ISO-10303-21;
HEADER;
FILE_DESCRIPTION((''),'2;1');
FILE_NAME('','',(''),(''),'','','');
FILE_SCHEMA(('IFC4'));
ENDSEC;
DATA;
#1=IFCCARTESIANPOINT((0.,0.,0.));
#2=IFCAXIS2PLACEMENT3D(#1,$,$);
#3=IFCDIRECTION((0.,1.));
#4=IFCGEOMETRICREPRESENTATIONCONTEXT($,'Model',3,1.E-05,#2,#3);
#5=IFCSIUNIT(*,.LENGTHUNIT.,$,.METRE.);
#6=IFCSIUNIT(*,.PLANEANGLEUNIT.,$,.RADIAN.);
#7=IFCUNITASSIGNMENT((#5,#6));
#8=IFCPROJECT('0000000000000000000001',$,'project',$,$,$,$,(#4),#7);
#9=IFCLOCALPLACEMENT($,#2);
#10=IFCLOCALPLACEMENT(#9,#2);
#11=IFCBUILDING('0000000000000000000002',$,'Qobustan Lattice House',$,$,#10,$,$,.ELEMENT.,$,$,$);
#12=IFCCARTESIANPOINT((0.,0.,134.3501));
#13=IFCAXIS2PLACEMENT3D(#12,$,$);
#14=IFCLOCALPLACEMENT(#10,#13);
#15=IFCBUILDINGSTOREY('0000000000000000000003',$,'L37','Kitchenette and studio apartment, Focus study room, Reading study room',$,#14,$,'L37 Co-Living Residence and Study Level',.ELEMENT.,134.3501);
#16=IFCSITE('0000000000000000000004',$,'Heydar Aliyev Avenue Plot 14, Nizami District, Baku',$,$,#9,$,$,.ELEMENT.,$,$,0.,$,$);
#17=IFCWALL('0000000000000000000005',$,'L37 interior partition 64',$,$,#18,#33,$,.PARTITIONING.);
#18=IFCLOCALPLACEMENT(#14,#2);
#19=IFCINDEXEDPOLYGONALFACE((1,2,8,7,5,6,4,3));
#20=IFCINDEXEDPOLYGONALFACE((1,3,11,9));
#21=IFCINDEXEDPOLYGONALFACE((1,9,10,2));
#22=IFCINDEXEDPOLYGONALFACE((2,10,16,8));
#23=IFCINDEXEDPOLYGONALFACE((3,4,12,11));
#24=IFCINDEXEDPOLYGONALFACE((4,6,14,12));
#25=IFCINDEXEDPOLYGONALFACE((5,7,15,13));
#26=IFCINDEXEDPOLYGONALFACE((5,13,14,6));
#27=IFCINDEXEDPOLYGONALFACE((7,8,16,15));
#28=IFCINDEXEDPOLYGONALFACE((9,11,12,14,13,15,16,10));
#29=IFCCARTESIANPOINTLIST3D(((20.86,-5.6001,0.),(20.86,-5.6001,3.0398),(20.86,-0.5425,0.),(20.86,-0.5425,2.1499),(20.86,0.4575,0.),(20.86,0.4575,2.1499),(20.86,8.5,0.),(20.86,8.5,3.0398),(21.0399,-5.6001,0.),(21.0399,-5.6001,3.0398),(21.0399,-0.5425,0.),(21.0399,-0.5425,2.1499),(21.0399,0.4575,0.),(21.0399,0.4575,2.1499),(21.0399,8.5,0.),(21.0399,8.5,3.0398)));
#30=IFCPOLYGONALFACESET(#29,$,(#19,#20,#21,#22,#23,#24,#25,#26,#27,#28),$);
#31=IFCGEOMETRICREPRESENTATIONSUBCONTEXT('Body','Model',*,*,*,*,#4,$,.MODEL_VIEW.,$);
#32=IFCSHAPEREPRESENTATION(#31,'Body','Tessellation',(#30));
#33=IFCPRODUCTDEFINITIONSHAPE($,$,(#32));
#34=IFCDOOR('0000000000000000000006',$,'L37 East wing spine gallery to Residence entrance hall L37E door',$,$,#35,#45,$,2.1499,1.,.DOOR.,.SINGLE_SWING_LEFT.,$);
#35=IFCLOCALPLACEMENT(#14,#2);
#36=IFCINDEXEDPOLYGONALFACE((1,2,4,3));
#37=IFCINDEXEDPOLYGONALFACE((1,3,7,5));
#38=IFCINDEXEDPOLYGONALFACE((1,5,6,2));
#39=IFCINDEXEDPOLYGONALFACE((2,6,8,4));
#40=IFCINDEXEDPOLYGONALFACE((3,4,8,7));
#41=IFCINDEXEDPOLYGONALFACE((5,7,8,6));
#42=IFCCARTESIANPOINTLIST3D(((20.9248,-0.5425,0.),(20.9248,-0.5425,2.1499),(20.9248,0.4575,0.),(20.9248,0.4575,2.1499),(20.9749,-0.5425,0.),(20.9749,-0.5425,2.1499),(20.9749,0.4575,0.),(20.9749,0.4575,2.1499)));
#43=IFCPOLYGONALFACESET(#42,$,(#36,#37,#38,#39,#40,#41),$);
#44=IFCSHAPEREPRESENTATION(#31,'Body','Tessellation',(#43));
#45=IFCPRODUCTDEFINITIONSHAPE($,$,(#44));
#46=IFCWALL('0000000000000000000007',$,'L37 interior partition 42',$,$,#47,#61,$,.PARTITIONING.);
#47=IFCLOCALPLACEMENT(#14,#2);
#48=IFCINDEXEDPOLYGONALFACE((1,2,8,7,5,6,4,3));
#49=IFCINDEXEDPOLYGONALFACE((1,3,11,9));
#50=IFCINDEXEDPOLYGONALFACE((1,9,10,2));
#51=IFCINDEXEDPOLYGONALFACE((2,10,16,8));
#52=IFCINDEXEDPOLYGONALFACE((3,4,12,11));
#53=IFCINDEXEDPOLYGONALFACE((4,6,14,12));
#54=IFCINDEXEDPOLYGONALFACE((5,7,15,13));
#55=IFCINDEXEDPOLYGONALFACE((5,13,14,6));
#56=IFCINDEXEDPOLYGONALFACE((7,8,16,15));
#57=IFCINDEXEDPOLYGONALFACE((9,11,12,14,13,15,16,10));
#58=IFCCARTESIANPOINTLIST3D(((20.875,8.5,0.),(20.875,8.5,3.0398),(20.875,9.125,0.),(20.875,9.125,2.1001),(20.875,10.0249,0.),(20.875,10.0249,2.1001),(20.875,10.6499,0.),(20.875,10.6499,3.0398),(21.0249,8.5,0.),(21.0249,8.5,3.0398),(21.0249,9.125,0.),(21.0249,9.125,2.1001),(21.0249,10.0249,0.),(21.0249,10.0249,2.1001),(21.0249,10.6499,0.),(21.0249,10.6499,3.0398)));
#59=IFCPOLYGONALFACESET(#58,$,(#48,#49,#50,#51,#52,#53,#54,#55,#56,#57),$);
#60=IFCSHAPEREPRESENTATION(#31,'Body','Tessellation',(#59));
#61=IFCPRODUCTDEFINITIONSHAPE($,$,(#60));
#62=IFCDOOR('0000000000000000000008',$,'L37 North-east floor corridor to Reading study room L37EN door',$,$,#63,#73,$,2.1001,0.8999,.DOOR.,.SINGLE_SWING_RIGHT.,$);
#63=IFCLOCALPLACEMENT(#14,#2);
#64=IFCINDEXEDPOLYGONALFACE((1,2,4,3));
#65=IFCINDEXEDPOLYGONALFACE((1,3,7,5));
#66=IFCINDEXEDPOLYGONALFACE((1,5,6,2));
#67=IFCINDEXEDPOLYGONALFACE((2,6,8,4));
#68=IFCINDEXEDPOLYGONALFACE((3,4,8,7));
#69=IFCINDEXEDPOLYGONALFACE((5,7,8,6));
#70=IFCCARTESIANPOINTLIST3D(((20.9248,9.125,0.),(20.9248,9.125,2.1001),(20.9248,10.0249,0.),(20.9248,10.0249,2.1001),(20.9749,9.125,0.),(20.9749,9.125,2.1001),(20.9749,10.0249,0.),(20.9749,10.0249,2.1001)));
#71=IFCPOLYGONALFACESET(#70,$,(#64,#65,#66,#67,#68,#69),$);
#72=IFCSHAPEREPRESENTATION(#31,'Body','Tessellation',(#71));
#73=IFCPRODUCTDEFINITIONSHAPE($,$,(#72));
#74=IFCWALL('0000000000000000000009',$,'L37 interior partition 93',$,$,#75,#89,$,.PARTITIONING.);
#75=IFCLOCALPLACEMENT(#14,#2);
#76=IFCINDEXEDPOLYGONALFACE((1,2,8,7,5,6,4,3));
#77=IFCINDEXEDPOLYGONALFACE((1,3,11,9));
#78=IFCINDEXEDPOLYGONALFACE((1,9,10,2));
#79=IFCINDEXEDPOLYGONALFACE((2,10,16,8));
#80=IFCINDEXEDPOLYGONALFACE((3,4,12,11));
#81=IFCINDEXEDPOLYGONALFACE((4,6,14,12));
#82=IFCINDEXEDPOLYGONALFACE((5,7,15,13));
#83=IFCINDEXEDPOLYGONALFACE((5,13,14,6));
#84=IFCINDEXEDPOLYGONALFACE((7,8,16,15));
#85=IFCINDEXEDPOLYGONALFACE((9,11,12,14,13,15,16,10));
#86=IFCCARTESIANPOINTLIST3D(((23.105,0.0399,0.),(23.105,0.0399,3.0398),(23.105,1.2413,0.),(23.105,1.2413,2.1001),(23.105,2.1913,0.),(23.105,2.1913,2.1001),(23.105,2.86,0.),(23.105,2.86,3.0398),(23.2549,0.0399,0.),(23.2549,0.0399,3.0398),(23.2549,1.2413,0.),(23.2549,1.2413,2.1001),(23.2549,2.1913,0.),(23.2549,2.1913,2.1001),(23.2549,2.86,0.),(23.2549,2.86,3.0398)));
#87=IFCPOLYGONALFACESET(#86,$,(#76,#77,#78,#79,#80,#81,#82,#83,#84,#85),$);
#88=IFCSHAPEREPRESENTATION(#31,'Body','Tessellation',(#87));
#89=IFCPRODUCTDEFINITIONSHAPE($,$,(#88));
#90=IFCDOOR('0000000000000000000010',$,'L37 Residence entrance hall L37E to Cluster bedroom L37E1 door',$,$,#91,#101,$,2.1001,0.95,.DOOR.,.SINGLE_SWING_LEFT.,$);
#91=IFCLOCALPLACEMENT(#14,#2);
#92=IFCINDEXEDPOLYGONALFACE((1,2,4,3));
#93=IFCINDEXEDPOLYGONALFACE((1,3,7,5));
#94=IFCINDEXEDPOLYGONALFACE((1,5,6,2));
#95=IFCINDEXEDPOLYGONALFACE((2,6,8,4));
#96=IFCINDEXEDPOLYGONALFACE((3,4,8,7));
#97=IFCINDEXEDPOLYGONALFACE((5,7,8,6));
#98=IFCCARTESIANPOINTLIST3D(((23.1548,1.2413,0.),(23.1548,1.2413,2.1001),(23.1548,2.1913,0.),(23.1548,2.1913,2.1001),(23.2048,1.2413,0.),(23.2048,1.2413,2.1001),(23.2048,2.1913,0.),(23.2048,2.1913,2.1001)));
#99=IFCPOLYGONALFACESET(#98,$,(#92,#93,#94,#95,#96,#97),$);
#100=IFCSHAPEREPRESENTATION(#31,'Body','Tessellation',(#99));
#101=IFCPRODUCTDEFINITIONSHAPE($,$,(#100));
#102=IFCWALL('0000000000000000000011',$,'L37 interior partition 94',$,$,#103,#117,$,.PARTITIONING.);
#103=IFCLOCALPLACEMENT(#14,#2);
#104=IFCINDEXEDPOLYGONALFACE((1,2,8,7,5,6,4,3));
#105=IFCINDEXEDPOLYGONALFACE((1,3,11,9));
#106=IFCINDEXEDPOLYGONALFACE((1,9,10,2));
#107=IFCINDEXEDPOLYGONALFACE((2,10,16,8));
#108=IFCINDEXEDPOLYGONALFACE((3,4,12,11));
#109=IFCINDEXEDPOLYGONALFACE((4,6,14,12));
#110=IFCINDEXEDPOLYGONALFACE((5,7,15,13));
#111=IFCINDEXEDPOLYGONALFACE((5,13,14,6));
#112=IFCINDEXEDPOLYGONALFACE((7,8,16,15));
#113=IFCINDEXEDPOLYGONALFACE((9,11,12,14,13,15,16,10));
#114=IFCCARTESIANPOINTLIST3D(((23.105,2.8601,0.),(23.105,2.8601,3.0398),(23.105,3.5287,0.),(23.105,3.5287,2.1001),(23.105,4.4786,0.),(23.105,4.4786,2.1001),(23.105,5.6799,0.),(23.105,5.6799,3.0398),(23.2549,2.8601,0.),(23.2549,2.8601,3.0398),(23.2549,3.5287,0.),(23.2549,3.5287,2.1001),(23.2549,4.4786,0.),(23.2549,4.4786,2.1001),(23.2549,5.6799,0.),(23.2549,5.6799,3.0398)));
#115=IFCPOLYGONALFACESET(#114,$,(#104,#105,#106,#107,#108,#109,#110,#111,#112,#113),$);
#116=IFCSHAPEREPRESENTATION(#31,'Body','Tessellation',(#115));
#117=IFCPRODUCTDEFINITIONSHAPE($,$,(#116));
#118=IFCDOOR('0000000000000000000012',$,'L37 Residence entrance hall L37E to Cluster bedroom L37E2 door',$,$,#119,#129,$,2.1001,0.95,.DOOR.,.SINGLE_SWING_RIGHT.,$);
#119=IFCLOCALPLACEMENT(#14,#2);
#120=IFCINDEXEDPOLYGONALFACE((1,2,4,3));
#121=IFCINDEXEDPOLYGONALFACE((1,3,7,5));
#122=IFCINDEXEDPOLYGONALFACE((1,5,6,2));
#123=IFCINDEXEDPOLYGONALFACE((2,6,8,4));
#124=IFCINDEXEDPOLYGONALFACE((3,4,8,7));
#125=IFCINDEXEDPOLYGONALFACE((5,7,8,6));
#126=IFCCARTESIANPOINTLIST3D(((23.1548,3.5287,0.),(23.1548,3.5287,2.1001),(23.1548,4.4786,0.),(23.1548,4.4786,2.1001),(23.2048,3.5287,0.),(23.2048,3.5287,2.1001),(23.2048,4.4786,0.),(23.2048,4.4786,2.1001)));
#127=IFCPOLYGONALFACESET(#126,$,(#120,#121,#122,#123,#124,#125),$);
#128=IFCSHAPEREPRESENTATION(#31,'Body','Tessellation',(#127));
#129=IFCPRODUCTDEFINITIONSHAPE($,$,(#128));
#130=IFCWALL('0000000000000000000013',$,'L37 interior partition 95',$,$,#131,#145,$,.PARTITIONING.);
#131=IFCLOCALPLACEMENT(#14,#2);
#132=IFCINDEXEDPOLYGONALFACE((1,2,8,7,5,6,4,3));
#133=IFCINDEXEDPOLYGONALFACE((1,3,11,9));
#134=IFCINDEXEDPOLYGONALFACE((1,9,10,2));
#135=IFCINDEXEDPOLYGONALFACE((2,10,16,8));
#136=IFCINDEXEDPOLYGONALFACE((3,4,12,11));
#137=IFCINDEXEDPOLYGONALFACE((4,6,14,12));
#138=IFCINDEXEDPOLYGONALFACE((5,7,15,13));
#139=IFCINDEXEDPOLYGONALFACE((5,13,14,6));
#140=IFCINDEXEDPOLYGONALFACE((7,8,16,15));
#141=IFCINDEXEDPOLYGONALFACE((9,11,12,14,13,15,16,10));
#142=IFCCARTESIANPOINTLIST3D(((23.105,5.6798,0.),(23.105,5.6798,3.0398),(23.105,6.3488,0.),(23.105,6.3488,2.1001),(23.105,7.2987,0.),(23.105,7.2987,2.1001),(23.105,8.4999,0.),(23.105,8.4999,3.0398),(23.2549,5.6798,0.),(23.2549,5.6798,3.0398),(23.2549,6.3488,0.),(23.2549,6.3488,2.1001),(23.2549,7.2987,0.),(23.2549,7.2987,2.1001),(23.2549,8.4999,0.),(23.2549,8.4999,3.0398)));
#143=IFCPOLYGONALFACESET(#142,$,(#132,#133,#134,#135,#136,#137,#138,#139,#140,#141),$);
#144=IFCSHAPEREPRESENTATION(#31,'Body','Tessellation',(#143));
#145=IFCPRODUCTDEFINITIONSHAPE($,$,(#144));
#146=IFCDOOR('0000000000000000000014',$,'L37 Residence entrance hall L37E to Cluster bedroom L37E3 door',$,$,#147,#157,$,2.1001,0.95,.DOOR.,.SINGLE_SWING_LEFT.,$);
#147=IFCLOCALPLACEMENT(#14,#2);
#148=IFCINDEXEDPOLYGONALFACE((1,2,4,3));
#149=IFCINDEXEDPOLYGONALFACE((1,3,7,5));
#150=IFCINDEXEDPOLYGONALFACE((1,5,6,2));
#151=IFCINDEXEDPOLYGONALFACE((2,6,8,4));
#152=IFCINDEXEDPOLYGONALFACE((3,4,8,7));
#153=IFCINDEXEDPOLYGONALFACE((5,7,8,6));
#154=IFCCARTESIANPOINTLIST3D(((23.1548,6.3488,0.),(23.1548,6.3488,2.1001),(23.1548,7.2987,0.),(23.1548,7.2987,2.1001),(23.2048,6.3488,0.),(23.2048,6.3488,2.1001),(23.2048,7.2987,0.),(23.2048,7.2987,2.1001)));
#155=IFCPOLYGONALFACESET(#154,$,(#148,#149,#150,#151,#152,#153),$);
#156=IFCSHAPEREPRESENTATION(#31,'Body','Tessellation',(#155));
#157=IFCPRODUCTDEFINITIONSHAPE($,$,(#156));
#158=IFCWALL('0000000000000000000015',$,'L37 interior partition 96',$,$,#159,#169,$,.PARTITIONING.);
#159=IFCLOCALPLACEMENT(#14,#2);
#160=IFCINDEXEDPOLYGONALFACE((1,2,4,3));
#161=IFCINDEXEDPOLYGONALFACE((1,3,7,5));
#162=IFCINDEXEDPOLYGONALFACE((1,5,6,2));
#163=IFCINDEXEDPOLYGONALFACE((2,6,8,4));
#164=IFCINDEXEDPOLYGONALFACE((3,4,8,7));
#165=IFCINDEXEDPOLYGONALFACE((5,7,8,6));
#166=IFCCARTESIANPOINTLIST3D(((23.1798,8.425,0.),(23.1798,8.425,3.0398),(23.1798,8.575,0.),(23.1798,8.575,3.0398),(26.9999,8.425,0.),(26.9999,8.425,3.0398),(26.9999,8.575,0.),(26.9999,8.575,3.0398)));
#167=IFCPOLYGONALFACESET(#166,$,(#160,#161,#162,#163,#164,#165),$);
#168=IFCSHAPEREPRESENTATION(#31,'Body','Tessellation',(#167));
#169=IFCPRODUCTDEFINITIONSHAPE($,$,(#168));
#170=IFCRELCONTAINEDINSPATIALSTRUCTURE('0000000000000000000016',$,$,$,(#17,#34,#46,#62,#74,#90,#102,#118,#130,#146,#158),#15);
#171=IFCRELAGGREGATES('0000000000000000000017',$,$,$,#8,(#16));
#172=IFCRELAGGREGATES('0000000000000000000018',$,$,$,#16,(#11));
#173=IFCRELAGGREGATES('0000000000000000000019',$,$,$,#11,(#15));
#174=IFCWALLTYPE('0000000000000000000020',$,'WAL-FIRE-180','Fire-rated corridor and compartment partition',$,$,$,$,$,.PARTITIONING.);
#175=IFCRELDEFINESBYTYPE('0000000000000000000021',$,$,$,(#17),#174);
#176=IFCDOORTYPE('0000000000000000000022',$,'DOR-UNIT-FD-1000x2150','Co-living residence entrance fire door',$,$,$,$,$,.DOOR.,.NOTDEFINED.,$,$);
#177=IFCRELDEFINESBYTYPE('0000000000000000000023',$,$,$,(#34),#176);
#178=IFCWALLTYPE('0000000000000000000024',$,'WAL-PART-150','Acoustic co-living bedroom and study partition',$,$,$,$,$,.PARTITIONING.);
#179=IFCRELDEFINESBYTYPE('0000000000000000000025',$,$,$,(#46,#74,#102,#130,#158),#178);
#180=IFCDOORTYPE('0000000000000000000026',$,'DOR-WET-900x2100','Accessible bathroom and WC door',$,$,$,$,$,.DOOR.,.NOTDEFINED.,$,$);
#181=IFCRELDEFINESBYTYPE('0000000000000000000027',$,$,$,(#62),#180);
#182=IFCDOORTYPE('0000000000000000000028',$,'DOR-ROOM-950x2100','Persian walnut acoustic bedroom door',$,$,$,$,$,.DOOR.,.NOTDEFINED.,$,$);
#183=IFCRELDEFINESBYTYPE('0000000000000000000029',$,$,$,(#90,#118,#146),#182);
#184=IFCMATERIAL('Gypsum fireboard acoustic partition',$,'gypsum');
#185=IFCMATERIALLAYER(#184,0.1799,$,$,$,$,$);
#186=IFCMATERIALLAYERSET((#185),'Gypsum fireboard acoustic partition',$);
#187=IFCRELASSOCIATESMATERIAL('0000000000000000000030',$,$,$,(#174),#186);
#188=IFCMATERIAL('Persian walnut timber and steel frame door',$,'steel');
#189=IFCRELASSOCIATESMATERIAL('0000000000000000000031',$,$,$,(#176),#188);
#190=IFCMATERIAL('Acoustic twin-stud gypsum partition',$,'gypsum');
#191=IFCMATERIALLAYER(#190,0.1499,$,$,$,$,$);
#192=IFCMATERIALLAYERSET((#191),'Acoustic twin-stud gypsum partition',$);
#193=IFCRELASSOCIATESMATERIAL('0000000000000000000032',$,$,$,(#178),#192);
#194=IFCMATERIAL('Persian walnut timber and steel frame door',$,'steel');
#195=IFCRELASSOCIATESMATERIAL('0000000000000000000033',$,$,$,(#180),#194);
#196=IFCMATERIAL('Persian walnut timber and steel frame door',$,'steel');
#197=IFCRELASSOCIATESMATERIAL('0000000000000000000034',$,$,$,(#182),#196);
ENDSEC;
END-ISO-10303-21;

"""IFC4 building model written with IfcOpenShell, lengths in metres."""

from ifc_helpers import new_model, si_unit, direction, frame, frame_2d, origin, place, context, subcontext, project, spatial, rectangle, extrude, material, layer, layer_set, type_object, element, fill, save


model = new_model("IFC4")

# Units and contexts
model_context = context("Model", 3, precision=1e-05, world=origin(), true_north=direction((0.0, 1.0)))
body_context = subcontext(model_context, "Body", "Model", "MODEL_VIEW")
ifc_project = project(units=[si_unit("LENGTHUNIT", "METRE"), si_unit("PLANEANGLEUNIT", "RADIAN")], contexts=[model_context])

# Site, building, storey
site_placement = place(None, origin())
site = spatial("IfcSite", under=ifc_project, at=site_placement, Name="Heydar Aliyev Avenue Plot 14, Nizami District, Baku", CompositionType="ELEMENT", RefElevation=0.0)
building_placement = place(site_placement, origin())
building = spatial("IfcBuilding", under=site, at=building_placement, Name="Qobustan Lattice House", CompositionType="ELEMENT")
storey_placement = place(building_placement, frame((0.0, 0.0, 134.3501)))
storey = spatial("IfcBuildingStorey", under=building, at=storey_placement, Name="L37", Description="Kitchenette and studio apartment, Focus study room, Reading study room", LongName="L37 Co-Living Residence and Study Level", CompositionType="ELEMENT", Elevation=134.3501)

# Walls, openings, doors
ifc_material_1 = material(Name="Gypsum fireboard acoustic partition", Category="gypsum")
ifc_layer_1 = layer(ifc_material_1, 0.1799)
ifc_layer_set_1 = layer_set([ifc_layer_1], Name="Gypsum fireboard acoustic partition")
wall_type_1 = type_object("IfcWallType", Name="WAL-FIRE-180", Description="Fire-rated corridor and compartment partition", PredefinedType="PARTITIONING", material=ifc_layer_set_1)
wall_1_placement = place(storey_placement, frame((20.95, 8.5, 0.0), z_axis=(0.0, 0.0, 1.0), x_axis=(0.0, -1.0, 0.0)))
wall_1 = element("IfcWall", 1, at=wall_1_placement, inside=storey, type_object=wall_type_1, Name="L37 interior partition 64", PredefinedType="PARTITIONING", context=body_context, shape_type="SweptSolid", body=[
    extrude(rectangle(XDim=14.1001, YDim=0.1799, at=frame_2d((7.05, 0.0))), origin(), (0.0, 0.0, 1.0), 3.0398),
])
opening_1_placement = place(wall_1_placement, frame((8.0425, 0.0, 0.0)))
opening_1 = element("IfcOpeningElement", 2, at=opening_1_placement, cuts=wall_1, PredefinedType="OPENING", context=body_context, shape_type="SweptSolid", body=[
    extrude(rectangle(XDim=1.0, YDim=2.1499, at=frame_2d((0.5, 1.075))), frame((0.0, 0.0999, 0.0), z_axis=(0.0, -1.0, 0.0), x_axis=(1.0, 0.0, 0.0)), (0.0, 0.0, 1.0), 0.2),
])
ifc_material_2 = material(Name="Persian walnut timber and steel frame door", Category="steel")
door_type_1 = type_object("IfcDoorType", Name="DOR-UNIT-FD-1000x2150", Description="Co-living residence entrance fire door", OperationType="NOTDEFINED", PredefinedType="DOOR", material=ifc_material_2)
door_1_placement = place(opening_1_placement, origin())
door_1 = element("IfcDoor", 3, at=door_1_placement, inside=storey, type_object=door_type_1, Name="L37 East wing spine gallery to Residence entrance hall L37E door", OperationType="SINGLE_SWING_LEFT", OverallHeight=2.1499, OverallWidth=1.0, PredefinedType="DOOR", context=body_context, shape_type="SweptSolid", body=[
    extrude(rectangle(XDim=1.0, YDim=2.1499, at=frame_2d((0.5, 1.075))), frame((0.0, 0.0249, 0.0), z_axis=(0.0, -1.0, 0.0), x_axis=(1.0, 0.0, 0.0)), (0.0, 0.0, 1.0), 0.05),
])
fill(opening_1, door_1)
ifc_material_3 = material(Name="Acoustic twin-stud gypsum partition", Category="gypsum")
ifc_layer_2 = layer(ifc_material_3, 0.1499)
ifc_layer_set_2 = layer_set([ifc_layer_2], Name="Acoustic twin-stud gypsum partition")
wall_type_2 = type_object("IfcWallType", Name="WAL-PART-150", Description="Acoustic co-living bedroom and study partition", PredefinedType="PARTITIONING", material=ifc_layer_set_2)
wall_2_placement = place(storey_placement, frame((20.95, 10.6499, 0.0), z_axis=(0.0, 0.0, 1.0), x_axis=(0.0, -1.0, 0.0)))
wall_2 = element("IfcWall", 4, at=wall_2_placement, inside=storey, type_object=wall_type_2, Name="L37 interior partition 42", PredefinedType="PARTITIONING", context=body_context, shape_type="SweptSolid", body=[
    extrude(rectangle(XDim=2.1499, YDim=0.1499, at=frame_2d((1.075, 0.0))), origin(), (0.0, 0.0, 1.0), 3.0398),
])
opening_2_placement = place(wall_2_placement, frame((0.625, 0.0, 0.0)))
opening_2 = element("IfcOpeningElement", 5, at=opening_2_placement, cuts=wall_2, PredefinedType="OPENING", context=body_context, shape_type="SweptSolid", body=[
    extrude(rectangle(XDim=0.8999, YDim=2.1001, at=frame_2d((0.45, 1.05))), frame((0.0, 0.085, 0.0), z_axis=(0.0, -1.0, 0.0), x_axis=(1.0, 0.0, 0.0)), (0.0, 0.0, 1.0), 0.1699),
])
ifc_material_4 = material(Name="Persian walnut timber and steel frame door", Category="steel")
door_type_2 = type_object("IfcDoorType", Name="DOR-WET-900x2100", Description="Accessible bathroom and WC door", OperationType="NOTDEFINED", PredefinedType="DOOR", material=ifc_material_4)
door_2_placement = place(opening_2_placement, origin())
door_2 = element("IfcDoor", 6, at=door_2_placement, inside=storey, type_object=door_type_2, Name="L37 North-east floor corridor to Reading study room L37EN door", OperationType="SINGLE_SWING_RIGHT", OverallHeight=2.1001, OverallWidth=0.8999, PredefinedType="DOOR", context=body_context, shape_type="SweptSolid", body=[
    extrude(rectangle(XDim=0.8999, YDim=2.1001, at=frame_2d((0.45, 1.05))), frame((0.0, 0.0249, 0.0), z_axis=(0.0, -1.0, 0.0), x_axis=(1.0, 0.0, 0.0)), (0.0, 0.0, 1.0), 0.05),
])
fill(opening_2, door_2)
wall_3_placement = place(storey_placement, frame((23.1799, 2.8601, 0.0), z_axis=(0.0, 0.0, 1.0), x_axis=(0.0, -1.0, 0.0)))
wall_3 = element("IfcWall", 7, at=wall_3_placement, inside=storey, type_object=wall_type_2, Name="L37 interior partition 93", PredefinedType="PARTITIONING", context=body_context, shape_type="SweptSolid", body=[
    extrude(rectangle(XDim=2.8201, YDim=0.1499, at=frame_2d((1.4102, 0.0))), origin(), (0.0, 0.0, 1.0), 3.0398),
])
opening_3_placement = place(wall_3_placement, frame((0.6687, 0.0, 0.0)))
opening_3 = element("IfcOpeningElement", 8, at=opening_3_placement, cuts=wall_3, PredefinedType="OPENING", context=body_context, shape_type="SweptSolid", body=[
    extrude(rectangle(XDim=0.95, YDim=2.1001, at=frame_2d((0.4751, 1.05))), frame((0.0, 0.085, 0.0), z_axis=(0.0, -1.0, 0.0), x_axis=(1.0, 0.0, 0.0)), (0.0, 0.0, 1.0), 0.1699),
])
ifc_material_5 = material(Name="Persian walnut timber and steel frame door", Category="steel")
door_type_3 = type_object("IfcDoorType", Name="DOR-ROOM-950x2100", Description="Persian walnut acoustic bedroom door", OperationType="NOTDEFINED", PredefinedType="DOOR", material=ifc_material_5)
door_3_placement = place(opening_3_placement, origin())
door_3 = element("IfcDoor", 9, at=door_3_placement, inside=storey, type_object=door_type_3, Name="L37 Residence entrance hall L37E to Cluster bedroom L37E1 door", OperationType="SINGLE_SWING_LEFT", OverallHeight=2.1001, OverallWidth=0.95, PredefinedType="DOOR", context=body_context, shape_type="SweptSolid", body=[
    extrude(rectangle(XDim=0.95, YDim=2.1001, at=frame_2d((0.4751, 1.05))), frame((0.0, 0.0249, 0.0), z_axis=(0.0, -1.0, 0.0), x_axis=(1.0, 0.0, 0.0)), (0.0, 0.0, 1.0), 0.05),
])
fill(opening_3, door_3)
wall_4_placement = place(storey_placement, frame((23.1799, 5.6799, 0.0), z_axis=(0.0, 0.0, 1.0), x_axis=(0.0, -1.0, 0.0)))
wall_4 = element("IfcWall", 10, at=wall_4_placement, inside=storey, type_object=wall_type_2, Name="L37 interior partition 94", PredefinedType="PARTITIONING", context=body_context, shape_type="SweptSolid", body=[
    extrude(rectangle(XDim=2.8198, YDim=0.1499, at=frame_2d((1.4099, 0.0))), origin(), (0.0, 0.0, 1.0), 3.0398),
])
opening_4_placement = place(wall_4_placement, frame((1.2012, 0.0, 0.0)))
opening_4 = element("IfcOpeningElement", 11, at=opening_4_placement, cuts=wall_4, PredefinedType="OPENING", context=body_context, shape_type="SweptSolid", body=[
    extrude(rectangle(XDim=0.95, YDim=2.1001, at=frame_2d((0.4751, 1.05))), frame((0.0, 0.085, 0.0), z_axis=(0.0, -1.0, 0.0), x_axis=(1.0, 0.0, 0.0)), (0.0, 0.0, 1.0), 0.1699),
])
door_4_placement = place(opening_4_placement, origin())
door_4 = element("IfcDoor", 12, at=door_4_placement, inside=storey, type_object=door_type_3, Name="L37 Residence entrance hall L37E to Cluster bedroom L37E2 door", OperationType="SINGLE_SWING_RIGHT", OverallHeight=2.1001, OverallWidth=0.95, PredefinedType="DOOR", context=body_context, shape_type="SweptSolid", body=[
    extrude(rectangle(XDim=0.95, YDim=2.1001, at=frame_2d((0.4751, 1.05))), frame((0.0, 0.0249, 0.0), z_axis=(0.0, -1.0, 0.0), x_axis=(1.0, 0.0, 0.0)), (0.0, 0.0, 1.0), 0.05),
])
fill(opening_4, door_4)
wall_5_placement = place(storey_placement, frame((23.1799, 8.5, 0.0), z_axis=(0.0, 0.0, 1.0), x_axis=(0.0, -1.0, 0.0)))
wall_5 = element("IfcWall", 13, at=wall_5_placement, inside=storey, type_object=wall_type_2, Name="L37 interior partition 95", PredefinedType="PARTITIONING", context=body_context, shape_type="SweptSolid", body=[
    extrude(rectangle(XDim=2.8201, YDim=0.1499, at=frame_2d((1.4102, 0.0))), origin(), (0.0, 0.0, 1.0), 3.0398),
])
opening_5_placement = place(wall_5_placement, frame((1.2012, 0.0, 0.0)))
opening_5 = element("IfcOpeningElement", 14, at=opening_5_placement, cuts=wall_5, PredefinedType="OPENING", context=body_context, shape_type="SweptSolid", body=[
    extrude(rectangle(XDim=0.95, YDim=2.1001, at=frame_2d((0.4751, 1.05))), frame((0.0, 0.085, 0.0), z_axis=(0.0, -1.0, 0.0), x_axis=(1.0, 0.0, 0.0)), (0.0, 0.0, 1.0), 0.1699),
])
door_5_placement = place(opening_5_placement, origin())
door_5 = element("IfcDoor", 15, at=door_5_placement, inside=storey, type_object=door_type_3, Name="L37 Residence entrance hall L37E to Cluster bedroom L37E3 door", OperationType="SINGLE_SWING_LEFT", OverallHeight=2.1001, OverallWidth=0.95, PredefinedType="DOOR", context=body_context, shape_type="SweptSolid", body=[
    extrude(rectangle(XDim=0.95, YDim=2.1001, at=frame_2d((0.4751, 1.05))), frame((0.0, 0.0249, 0.0), z_axis=(0.0, -1.0, 0.0), x_axis=(1.0, 0.0, 0.0)), (0.0, 0.0, 1.0), 0.05),
])
fill(opening_5, door_5)

# Wall
for number, where, z_axis, x_axis, name in (
    (16, (27.0, 8.5, 0.0), (0.0, 0.0, 1.0), (-1.0, 0.0, 0.0), "L37 interior partition 96"),
):
    element("IfcWall", number, at=place(storey_placement, frame(where, z_axis=z_axis, x_axis=x_axis)), inside=storey, type_object=wall_type_2, Name=name, PredefinedType="PARTITIONING", context=body_context, shape_type="SweptSolid", body=[
        extrude(rectangle(XDim=3.8201, YDim=0.1499, at=frame_2d((1.9102, 0.0))), origin(), (0.0, 0.0, 1.0), 3.0398),
    ])

save(model, "model.ifc")
